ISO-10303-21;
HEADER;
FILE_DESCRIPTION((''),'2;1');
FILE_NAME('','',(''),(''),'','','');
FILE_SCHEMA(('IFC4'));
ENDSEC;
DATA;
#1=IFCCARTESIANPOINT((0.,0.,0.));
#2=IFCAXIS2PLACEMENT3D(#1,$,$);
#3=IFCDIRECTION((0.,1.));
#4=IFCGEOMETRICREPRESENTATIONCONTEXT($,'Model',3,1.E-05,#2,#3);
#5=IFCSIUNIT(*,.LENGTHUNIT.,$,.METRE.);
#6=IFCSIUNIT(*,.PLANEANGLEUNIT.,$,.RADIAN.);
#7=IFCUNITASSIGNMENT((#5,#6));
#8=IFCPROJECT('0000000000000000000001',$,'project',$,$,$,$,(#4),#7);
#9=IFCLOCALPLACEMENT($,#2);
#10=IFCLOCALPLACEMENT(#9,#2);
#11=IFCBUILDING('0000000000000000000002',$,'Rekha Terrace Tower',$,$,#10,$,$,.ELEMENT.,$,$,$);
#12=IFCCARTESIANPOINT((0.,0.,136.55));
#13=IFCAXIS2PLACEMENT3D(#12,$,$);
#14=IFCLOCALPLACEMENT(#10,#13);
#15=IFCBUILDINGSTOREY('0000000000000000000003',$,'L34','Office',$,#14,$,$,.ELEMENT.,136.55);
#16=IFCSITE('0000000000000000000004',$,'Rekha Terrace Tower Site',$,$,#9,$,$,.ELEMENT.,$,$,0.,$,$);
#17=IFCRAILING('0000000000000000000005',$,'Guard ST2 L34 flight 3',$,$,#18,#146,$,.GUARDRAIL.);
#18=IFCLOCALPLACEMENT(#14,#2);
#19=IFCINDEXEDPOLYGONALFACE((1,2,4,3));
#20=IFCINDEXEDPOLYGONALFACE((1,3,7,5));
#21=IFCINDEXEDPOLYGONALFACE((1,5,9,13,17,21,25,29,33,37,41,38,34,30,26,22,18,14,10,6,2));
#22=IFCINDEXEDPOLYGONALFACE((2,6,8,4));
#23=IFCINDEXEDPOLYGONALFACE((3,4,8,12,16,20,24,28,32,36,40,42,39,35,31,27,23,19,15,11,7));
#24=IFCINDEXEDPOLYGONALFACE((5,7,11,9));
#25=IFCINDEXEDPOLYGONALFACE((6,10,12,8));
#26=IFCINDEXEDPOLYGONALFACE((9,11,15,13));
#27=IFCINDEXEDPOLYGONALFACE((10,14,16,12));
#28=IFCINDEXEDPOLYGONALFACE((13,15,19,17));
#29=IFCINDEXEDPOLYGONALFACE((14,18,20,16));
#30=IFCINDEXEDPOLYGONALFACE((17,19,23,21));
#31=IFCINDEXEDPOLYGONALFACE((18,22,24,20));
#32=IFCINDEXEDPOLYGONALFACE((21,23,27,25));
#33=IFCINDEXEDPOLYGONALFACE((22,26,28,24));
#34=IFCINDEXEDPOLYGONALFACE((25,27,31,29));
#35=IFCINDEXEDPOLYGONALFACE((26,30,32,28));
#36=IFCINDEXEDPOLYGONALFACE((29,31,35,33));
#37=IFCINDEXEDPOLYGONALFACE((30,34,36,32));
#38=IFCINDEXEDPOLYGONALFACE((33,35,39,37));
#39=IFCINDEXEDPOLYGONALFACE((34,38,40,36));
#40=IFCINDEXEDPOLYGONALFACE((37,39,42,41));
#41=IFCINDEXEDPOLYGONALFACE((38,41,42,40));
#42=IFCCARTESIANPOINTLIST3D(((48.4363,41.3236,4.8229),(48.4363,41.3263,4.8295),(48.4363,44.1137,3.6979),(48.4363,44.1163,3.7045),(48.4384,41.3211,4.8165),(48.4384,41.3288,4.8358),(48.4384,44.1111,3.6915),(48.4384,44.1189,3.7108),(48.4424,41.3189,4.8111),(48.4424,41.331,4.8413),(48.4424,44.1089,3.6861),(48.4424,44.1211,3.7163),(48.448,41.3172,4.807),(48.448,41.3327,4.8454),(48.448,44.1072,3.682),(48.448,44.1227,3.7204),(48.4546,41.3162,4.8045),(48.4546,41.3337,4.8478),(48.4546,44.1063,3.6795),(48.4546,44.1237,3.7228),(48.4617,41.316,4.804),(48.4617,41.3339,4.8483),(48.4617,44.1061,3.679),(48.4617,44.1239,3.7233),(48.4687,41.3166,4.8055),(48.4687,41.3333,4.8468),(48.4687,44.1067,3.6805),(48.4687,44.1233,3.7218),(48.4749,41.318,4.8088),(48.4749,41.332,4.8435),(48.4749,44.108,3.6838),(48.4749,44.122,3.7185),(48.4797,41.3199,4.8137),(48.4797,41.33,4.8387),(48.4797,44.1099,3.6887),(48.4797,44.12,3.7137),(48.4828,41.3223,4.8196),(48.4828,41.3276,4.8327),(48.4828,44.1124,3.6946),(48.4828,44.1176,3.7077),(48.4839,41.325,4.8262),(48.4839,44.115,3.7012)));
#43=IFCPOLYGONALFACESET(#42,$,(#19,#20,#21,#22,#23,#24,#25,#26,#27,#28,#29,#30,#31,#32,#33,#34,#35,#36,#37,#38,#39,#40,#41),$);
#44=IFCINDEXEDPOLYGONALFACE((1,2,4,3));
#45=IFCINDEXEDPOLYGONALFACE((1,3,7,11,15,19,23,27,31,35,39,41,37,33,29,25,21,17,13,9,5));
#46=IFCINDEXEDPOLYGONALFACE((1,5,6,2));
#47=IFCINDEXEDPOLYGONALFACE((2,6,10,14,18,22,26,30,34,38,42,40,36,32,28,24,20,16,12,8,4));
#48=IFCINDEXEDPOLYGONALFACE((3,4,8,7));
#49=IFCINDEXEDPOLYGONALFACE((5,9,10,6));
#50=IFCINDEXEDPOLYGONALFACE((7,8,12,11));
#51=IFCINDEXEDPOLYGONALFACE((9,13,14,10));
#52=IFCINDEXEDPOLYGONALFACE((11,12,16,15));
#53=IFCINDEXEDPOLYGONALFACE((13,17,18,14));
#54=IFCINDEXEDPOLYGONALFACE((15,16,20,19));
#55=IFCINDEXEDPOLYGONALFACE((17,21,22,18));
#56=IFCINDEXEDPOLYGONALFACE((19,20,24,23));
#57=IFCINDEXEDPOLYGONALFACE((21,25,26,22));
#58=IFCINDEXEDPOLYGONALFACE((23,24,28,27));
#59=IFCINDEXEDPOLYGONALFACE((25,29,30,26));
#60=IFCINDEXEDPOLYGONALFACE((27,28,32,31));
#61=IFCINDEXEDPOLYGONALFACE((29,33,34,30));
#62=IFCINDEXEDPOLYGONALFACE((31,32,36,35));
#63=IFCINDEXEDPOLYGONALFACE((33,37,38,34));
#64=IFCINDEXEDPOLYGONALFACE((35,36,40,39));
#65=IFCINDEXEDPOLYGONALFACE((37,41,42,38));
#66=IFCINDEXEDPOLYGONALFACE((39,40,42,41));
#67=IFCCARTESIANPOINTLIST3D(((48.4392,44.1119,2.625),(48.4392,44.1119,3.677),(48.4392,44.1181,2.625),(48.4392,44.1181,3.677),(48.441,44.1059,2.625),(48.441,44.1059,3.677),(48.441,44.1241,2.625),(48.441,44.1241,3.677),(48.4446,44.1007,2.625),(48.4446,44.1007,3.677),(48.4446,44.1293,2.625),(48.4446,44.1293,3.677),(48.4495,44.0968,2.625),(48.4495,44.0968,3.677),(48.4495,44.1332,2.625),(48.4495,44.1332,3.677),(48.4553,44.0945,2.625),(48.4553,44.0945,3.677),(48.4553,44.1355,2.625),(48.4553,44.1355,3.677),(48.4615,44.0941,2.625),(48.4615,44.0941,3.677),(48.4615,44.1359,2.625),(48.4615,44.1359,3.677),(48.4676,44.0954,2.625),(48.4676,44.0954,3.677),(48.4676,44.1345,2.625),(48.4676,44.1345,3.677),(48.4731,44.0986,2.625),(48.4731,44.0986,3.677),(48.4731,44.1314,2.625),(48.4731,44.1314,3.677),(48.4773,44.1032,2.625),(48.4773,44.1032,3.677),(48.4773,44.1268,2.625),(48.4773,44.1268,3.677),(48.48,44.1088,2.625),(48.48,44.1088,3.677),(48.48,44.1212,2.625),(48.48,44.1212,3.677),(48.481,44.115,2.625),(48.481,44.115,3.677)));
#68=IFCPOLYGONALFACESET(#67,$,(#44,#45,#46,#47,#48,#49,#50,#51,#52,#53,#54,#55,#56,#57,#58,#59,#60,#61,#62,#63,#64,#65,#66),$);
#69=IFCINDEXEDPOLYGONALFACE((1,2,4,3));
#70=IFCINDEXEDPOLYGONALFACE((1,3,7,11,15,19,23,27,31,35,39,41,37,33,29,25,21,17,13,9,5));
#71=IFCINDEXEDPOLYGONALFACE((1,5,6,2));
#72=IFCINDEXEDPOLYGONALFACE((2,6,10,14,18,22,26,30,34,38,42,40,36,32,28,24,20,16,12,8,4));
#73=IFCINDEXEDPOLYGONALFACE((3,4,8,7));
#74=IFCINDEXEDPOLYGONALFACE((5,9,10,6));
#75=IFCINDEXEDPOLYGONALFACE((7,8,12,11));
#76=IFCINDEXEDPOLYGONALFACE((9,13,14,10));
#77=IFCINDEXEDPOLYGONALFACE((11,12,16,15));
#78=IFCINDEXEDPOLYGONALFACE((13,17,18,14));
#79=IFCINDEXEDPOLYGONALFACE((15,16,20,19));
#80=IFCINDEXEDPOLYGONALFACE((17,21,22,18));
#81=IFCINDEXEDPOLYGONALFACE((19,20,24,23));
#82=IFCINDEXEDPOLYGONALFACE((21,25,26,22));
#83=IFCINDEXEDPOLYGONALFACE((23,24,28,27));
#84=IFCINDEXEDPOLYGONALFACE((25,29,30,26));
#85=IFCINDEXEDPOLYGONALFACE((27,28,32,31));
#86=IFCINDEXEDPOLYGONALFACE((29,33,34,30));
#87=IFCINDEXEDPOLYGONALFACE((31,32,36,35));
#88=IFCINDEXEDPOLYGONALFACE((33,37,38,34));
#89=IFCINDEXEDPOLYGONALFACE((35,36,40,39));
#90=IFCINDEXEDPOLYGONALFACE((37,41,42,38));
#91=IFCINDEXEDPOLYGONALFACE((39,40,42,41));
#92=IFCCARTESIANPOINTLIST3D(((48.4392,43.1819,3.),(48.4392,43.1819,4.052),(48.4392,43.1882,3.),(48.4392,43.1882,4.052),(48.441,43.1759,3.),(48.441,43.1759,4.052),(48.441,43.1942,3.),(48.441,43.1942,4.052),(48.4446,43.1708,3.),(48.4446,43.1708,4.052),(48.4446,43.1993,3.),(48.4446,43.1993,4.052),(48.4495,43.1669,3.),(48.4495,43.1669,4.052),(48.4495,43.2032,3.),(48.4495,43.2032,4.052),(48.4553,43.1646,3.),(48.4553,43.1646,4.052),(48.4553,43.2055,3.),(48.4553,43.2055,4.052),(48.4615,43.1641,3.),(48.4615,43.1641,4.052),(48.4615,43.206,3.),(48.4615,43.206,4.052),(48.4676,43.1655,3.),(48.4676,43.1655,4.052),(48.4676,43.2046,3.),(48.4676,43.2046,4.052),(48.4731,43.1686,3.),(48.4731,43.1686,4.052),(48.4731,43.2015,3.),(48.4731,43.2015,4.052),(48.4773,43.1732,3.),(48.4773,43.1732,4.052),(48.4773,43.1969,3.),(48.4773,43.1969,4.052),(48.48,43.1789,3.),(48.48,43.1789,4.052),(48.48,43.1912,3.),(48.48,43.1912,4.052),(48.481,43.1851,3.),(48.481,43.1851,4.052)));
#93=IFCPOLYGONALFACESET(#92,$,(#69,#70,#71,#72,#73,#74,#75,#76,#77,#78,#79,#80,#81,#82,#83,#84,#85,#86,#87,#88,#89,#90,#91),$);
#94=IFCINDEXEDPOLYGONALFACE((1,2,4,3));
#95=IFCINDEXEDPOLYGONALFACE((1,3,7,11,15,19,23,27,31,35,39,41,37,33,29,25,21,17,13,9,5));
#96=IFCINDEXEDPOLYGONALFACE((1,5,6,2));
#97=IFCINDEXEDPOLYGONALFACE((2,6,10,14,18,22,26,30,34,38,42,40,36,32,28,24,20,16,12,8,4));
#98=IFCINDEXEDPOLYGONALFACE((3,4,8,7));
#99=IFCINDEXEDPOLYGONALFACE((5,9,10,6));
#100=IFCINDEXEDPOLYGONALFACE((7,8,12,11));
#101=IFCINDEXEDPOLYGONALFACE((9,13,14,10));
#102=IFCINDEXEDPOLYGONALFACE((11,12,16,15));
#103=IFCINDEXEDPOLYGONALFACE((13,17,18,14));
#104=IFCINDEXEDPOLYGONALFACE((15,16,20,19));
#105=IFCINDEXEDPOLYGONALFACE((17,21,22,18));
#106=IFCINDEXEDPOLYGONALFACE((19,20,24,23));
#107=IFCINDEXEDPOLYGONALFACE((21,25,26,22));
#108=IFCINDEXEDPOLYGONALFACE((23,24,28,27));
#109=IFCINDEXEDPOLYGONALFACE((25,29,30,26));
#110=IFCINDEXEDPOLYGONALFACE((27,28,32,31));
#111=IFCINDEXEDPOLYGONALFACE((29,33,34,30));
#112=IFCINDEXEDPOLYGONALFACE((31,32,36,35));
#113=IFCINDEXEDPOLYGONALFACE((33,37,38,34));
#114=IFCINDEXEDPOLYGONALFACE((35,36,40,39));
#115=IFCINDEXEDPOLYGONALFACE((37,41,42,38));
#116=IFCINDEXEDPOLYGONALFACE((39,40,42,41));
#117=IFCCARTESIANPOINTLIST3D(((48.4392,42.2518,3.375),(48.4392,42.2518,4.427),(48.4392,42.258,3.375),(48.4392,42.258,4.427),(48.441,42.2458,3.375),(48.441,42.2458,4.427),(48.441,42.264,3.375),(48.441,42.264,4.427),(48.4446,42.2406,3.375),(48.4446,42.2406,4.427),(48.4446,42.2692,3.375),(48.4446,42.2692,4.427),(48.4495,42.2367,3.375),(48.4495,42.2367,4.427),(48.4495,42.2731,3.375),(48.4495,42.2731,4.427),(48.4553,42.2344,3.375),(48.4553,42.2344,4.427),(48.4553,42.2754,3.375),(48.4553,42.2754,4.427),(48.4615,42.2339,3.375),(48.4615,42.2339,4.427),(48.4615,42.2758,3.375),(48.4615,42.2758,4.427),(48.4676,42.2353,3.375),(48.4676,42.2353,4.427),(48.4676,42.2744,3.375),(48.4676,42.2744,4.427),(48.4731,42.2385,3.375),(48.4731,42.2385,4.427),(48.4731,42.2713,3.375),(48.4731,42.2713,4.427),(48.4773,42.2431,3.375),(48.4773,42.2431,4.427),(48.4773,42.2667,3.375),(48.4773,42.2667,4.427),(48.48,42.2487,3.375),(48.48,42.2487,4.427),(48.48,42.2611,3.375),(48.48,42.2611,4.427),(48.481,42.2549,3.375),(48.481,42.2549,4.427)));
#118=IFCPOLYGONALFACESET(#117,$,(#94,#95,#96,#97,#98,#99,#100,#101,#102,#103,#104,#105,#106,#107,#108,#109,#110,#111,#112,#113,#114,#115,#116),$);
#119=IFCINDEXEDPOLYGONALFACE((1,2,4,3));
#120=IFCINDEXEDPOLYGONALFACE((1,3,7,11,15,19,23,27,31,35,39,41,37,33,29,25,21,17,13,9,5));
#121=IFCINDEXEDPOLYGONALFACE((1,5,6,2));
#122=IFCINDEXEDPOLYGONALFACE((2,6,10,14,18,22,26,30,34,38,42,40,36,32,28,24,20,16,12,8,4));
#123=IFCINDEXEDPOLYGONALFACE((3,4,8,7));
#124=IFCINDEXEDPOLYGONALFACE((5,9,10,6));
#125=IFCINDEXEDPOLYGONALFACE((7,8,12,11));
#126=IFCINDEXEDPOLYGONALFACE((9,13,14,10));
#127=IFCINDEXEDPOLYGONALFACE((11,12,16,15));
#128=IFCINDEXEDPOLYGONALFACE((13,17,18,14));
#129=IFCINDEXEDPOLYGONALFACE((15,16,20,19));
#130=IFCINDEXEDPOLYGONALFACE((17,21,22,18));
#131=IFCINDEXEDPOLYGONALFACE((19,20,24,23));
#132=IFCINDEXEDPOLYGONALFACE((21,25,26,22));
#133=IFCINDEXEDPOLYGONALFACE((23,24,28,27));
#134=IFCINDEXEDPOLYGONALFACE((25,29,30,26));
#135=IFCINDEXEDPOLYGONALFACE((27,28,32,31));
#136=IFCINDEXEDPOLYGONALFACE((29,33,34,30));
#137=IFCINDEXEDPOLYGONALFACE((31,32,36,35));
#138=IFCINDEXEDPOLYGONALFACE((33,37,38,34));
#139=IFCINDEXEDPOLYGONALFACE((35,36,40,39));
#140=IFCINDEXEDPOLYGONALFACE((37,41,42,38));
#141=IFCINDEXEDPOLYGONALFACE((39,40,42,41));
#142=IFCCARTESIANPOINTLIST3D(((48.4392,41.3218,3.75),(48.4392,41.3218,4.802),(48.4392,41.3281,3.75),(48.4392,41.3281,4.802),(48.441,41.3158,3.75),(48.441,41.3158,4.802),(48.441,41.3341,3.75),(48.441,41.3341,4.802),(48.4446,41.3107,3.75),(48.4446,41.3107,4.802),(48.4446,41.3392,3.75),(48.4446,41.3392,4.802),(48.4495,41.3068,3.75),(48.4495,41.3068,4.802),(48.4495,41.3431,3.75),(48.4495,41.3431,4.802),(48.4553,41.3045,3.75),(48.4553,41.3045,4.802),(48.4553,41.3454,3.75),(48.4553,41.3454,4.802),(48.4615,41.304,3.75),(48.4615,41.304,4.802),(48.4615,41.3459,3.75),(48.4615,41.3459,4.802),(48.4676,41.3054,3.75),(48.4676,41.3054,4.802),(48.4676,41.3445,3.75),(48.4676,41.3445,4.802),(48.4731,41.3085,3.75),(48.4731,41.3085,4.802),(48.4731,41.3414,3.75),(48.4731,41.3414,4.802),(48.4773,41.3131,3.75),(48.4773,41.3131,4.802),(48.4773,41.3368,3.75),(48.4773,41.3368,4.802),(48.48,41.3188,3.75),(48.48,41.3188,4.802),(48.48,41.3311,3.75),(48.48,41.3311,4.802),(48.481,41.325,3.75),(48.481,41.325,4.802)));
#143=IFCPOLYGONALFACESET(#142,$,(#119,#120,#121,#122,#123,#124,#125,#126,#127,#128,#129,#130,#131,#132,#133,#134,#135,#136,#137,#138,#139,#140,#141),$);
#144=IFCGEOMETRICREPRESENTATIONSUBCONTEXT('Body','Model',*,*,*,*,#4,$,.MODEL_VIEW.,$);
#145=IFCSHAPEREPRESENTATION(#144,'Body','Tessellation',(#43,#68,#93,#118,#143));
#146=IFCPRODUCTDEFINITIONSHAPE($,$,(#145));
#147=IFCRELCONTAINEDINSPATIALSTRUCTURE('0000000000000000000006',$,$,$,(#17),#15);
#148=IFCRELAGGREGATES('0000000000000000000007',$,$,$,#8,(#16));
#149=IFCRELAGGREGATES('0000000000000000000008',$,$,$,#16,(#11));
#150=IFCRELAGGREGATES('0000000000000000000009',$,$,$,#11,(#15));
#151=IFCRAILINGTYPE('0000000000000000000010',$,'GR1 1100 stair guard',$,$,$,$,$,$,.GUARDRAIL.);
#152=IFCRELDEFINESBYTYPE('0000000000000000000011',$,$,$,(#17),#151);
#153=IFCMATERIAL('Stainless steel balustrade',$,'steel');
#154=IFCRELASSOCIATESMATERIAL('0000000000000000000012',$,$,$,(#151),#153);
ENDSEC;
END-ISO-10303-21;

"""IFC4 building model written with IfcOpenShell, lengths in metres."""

from ifc_helpers import new_model, si_unit, direction, frame, origin, origin_2d, place, context, subcontext, project, spatial, circle, extrude, material, type_object, element, save


model = new_model("IFC4")

# Units and contexts
model_context = context("Model", 3, precision=1e-05, world=origin(), true_north=direction((0.0, 1.0)))
body_context = subcontext(model_context, "Body", "Model", "MODEL_VIEW")
ifc_project = project(units=[si_unit("LENGTHUNIT", "METRE"), si_unit("PLANEANGLEUNIT", "RADIAN")], contexts=[model_context])

# Site, building, storey
site_placement = place(None, origin())
site = spatial("IfcSite", under=ifc_project, at=site_placement, Name="Rekha Terrace Tower Site", CompositionType="ELEMENT", RefElevation=0.0)
building_placement = place(site_placement, origin())
building = spatial("IfcBuilding", under=site, at=building_placement, Name="Rekha Terrace Tower", CompositionType="ELEMENT")
storey_placement = place(building_placement, frame((0.0, 0.0, 136.55)))
storey = spatial("IfcBuildingStorey", under=building, at=storey_placement, Name="L34", Description="Office", CompositionType="ELEMENT", Elevation=136.55)

# Railing
ifc_material_1 = material(Name="Stainless steel balustrade", Category="steel")
railing_type_1 = type_object("IfcRailingType", Name="GR1 1100 stair guard", PredefinedType="GUARDRAIL", material=ifc_material_1)
railing_1_placement = place(storey_placement, frame((48.46, 44.115, 2.625)))
element("IfcRailing", 1, at=railing_1_placement, inside=storey, type_object=railing_type_1, Name="Guard ST2 L34 flight 3", PredefinedType="GUARDRAIL", context=body_context, shape_type="SweptSolid", body=[
    extrude(circle(Radius=0.0239, at=origin_2d()), frame((0.0, 0.0, 1.0762), z_axis=(0.0, -0.927443, 0.373964), x_axis=(1.0, 0.0, 0.0)), (0.0, 0.0, 1.0), 3.0083),
    extrude(circle(Radius=0.021, at=origin_2d()), origin(), (0.0, 0.0, 1.0), 1.052),
    extrude(circle(Radius=0.021, at=origin_2d()), frame((0.0, -0.9299, 0.375)), (0.0, 0.0, 1.0), 1.052),
    extrude(circle(Radius=0.021, at=origin_2d()), frame((0.0, -1.8601, 0.75)), (0.0, 0.0, 1.0), 1.052),
    extrude(circle(Radius=0.021, at=origin_2d()), frame((0.0, -2.79, 1.125)), (0.0, 0.0, 1.0), 1.052),
])

save(model, "model.ifc")
